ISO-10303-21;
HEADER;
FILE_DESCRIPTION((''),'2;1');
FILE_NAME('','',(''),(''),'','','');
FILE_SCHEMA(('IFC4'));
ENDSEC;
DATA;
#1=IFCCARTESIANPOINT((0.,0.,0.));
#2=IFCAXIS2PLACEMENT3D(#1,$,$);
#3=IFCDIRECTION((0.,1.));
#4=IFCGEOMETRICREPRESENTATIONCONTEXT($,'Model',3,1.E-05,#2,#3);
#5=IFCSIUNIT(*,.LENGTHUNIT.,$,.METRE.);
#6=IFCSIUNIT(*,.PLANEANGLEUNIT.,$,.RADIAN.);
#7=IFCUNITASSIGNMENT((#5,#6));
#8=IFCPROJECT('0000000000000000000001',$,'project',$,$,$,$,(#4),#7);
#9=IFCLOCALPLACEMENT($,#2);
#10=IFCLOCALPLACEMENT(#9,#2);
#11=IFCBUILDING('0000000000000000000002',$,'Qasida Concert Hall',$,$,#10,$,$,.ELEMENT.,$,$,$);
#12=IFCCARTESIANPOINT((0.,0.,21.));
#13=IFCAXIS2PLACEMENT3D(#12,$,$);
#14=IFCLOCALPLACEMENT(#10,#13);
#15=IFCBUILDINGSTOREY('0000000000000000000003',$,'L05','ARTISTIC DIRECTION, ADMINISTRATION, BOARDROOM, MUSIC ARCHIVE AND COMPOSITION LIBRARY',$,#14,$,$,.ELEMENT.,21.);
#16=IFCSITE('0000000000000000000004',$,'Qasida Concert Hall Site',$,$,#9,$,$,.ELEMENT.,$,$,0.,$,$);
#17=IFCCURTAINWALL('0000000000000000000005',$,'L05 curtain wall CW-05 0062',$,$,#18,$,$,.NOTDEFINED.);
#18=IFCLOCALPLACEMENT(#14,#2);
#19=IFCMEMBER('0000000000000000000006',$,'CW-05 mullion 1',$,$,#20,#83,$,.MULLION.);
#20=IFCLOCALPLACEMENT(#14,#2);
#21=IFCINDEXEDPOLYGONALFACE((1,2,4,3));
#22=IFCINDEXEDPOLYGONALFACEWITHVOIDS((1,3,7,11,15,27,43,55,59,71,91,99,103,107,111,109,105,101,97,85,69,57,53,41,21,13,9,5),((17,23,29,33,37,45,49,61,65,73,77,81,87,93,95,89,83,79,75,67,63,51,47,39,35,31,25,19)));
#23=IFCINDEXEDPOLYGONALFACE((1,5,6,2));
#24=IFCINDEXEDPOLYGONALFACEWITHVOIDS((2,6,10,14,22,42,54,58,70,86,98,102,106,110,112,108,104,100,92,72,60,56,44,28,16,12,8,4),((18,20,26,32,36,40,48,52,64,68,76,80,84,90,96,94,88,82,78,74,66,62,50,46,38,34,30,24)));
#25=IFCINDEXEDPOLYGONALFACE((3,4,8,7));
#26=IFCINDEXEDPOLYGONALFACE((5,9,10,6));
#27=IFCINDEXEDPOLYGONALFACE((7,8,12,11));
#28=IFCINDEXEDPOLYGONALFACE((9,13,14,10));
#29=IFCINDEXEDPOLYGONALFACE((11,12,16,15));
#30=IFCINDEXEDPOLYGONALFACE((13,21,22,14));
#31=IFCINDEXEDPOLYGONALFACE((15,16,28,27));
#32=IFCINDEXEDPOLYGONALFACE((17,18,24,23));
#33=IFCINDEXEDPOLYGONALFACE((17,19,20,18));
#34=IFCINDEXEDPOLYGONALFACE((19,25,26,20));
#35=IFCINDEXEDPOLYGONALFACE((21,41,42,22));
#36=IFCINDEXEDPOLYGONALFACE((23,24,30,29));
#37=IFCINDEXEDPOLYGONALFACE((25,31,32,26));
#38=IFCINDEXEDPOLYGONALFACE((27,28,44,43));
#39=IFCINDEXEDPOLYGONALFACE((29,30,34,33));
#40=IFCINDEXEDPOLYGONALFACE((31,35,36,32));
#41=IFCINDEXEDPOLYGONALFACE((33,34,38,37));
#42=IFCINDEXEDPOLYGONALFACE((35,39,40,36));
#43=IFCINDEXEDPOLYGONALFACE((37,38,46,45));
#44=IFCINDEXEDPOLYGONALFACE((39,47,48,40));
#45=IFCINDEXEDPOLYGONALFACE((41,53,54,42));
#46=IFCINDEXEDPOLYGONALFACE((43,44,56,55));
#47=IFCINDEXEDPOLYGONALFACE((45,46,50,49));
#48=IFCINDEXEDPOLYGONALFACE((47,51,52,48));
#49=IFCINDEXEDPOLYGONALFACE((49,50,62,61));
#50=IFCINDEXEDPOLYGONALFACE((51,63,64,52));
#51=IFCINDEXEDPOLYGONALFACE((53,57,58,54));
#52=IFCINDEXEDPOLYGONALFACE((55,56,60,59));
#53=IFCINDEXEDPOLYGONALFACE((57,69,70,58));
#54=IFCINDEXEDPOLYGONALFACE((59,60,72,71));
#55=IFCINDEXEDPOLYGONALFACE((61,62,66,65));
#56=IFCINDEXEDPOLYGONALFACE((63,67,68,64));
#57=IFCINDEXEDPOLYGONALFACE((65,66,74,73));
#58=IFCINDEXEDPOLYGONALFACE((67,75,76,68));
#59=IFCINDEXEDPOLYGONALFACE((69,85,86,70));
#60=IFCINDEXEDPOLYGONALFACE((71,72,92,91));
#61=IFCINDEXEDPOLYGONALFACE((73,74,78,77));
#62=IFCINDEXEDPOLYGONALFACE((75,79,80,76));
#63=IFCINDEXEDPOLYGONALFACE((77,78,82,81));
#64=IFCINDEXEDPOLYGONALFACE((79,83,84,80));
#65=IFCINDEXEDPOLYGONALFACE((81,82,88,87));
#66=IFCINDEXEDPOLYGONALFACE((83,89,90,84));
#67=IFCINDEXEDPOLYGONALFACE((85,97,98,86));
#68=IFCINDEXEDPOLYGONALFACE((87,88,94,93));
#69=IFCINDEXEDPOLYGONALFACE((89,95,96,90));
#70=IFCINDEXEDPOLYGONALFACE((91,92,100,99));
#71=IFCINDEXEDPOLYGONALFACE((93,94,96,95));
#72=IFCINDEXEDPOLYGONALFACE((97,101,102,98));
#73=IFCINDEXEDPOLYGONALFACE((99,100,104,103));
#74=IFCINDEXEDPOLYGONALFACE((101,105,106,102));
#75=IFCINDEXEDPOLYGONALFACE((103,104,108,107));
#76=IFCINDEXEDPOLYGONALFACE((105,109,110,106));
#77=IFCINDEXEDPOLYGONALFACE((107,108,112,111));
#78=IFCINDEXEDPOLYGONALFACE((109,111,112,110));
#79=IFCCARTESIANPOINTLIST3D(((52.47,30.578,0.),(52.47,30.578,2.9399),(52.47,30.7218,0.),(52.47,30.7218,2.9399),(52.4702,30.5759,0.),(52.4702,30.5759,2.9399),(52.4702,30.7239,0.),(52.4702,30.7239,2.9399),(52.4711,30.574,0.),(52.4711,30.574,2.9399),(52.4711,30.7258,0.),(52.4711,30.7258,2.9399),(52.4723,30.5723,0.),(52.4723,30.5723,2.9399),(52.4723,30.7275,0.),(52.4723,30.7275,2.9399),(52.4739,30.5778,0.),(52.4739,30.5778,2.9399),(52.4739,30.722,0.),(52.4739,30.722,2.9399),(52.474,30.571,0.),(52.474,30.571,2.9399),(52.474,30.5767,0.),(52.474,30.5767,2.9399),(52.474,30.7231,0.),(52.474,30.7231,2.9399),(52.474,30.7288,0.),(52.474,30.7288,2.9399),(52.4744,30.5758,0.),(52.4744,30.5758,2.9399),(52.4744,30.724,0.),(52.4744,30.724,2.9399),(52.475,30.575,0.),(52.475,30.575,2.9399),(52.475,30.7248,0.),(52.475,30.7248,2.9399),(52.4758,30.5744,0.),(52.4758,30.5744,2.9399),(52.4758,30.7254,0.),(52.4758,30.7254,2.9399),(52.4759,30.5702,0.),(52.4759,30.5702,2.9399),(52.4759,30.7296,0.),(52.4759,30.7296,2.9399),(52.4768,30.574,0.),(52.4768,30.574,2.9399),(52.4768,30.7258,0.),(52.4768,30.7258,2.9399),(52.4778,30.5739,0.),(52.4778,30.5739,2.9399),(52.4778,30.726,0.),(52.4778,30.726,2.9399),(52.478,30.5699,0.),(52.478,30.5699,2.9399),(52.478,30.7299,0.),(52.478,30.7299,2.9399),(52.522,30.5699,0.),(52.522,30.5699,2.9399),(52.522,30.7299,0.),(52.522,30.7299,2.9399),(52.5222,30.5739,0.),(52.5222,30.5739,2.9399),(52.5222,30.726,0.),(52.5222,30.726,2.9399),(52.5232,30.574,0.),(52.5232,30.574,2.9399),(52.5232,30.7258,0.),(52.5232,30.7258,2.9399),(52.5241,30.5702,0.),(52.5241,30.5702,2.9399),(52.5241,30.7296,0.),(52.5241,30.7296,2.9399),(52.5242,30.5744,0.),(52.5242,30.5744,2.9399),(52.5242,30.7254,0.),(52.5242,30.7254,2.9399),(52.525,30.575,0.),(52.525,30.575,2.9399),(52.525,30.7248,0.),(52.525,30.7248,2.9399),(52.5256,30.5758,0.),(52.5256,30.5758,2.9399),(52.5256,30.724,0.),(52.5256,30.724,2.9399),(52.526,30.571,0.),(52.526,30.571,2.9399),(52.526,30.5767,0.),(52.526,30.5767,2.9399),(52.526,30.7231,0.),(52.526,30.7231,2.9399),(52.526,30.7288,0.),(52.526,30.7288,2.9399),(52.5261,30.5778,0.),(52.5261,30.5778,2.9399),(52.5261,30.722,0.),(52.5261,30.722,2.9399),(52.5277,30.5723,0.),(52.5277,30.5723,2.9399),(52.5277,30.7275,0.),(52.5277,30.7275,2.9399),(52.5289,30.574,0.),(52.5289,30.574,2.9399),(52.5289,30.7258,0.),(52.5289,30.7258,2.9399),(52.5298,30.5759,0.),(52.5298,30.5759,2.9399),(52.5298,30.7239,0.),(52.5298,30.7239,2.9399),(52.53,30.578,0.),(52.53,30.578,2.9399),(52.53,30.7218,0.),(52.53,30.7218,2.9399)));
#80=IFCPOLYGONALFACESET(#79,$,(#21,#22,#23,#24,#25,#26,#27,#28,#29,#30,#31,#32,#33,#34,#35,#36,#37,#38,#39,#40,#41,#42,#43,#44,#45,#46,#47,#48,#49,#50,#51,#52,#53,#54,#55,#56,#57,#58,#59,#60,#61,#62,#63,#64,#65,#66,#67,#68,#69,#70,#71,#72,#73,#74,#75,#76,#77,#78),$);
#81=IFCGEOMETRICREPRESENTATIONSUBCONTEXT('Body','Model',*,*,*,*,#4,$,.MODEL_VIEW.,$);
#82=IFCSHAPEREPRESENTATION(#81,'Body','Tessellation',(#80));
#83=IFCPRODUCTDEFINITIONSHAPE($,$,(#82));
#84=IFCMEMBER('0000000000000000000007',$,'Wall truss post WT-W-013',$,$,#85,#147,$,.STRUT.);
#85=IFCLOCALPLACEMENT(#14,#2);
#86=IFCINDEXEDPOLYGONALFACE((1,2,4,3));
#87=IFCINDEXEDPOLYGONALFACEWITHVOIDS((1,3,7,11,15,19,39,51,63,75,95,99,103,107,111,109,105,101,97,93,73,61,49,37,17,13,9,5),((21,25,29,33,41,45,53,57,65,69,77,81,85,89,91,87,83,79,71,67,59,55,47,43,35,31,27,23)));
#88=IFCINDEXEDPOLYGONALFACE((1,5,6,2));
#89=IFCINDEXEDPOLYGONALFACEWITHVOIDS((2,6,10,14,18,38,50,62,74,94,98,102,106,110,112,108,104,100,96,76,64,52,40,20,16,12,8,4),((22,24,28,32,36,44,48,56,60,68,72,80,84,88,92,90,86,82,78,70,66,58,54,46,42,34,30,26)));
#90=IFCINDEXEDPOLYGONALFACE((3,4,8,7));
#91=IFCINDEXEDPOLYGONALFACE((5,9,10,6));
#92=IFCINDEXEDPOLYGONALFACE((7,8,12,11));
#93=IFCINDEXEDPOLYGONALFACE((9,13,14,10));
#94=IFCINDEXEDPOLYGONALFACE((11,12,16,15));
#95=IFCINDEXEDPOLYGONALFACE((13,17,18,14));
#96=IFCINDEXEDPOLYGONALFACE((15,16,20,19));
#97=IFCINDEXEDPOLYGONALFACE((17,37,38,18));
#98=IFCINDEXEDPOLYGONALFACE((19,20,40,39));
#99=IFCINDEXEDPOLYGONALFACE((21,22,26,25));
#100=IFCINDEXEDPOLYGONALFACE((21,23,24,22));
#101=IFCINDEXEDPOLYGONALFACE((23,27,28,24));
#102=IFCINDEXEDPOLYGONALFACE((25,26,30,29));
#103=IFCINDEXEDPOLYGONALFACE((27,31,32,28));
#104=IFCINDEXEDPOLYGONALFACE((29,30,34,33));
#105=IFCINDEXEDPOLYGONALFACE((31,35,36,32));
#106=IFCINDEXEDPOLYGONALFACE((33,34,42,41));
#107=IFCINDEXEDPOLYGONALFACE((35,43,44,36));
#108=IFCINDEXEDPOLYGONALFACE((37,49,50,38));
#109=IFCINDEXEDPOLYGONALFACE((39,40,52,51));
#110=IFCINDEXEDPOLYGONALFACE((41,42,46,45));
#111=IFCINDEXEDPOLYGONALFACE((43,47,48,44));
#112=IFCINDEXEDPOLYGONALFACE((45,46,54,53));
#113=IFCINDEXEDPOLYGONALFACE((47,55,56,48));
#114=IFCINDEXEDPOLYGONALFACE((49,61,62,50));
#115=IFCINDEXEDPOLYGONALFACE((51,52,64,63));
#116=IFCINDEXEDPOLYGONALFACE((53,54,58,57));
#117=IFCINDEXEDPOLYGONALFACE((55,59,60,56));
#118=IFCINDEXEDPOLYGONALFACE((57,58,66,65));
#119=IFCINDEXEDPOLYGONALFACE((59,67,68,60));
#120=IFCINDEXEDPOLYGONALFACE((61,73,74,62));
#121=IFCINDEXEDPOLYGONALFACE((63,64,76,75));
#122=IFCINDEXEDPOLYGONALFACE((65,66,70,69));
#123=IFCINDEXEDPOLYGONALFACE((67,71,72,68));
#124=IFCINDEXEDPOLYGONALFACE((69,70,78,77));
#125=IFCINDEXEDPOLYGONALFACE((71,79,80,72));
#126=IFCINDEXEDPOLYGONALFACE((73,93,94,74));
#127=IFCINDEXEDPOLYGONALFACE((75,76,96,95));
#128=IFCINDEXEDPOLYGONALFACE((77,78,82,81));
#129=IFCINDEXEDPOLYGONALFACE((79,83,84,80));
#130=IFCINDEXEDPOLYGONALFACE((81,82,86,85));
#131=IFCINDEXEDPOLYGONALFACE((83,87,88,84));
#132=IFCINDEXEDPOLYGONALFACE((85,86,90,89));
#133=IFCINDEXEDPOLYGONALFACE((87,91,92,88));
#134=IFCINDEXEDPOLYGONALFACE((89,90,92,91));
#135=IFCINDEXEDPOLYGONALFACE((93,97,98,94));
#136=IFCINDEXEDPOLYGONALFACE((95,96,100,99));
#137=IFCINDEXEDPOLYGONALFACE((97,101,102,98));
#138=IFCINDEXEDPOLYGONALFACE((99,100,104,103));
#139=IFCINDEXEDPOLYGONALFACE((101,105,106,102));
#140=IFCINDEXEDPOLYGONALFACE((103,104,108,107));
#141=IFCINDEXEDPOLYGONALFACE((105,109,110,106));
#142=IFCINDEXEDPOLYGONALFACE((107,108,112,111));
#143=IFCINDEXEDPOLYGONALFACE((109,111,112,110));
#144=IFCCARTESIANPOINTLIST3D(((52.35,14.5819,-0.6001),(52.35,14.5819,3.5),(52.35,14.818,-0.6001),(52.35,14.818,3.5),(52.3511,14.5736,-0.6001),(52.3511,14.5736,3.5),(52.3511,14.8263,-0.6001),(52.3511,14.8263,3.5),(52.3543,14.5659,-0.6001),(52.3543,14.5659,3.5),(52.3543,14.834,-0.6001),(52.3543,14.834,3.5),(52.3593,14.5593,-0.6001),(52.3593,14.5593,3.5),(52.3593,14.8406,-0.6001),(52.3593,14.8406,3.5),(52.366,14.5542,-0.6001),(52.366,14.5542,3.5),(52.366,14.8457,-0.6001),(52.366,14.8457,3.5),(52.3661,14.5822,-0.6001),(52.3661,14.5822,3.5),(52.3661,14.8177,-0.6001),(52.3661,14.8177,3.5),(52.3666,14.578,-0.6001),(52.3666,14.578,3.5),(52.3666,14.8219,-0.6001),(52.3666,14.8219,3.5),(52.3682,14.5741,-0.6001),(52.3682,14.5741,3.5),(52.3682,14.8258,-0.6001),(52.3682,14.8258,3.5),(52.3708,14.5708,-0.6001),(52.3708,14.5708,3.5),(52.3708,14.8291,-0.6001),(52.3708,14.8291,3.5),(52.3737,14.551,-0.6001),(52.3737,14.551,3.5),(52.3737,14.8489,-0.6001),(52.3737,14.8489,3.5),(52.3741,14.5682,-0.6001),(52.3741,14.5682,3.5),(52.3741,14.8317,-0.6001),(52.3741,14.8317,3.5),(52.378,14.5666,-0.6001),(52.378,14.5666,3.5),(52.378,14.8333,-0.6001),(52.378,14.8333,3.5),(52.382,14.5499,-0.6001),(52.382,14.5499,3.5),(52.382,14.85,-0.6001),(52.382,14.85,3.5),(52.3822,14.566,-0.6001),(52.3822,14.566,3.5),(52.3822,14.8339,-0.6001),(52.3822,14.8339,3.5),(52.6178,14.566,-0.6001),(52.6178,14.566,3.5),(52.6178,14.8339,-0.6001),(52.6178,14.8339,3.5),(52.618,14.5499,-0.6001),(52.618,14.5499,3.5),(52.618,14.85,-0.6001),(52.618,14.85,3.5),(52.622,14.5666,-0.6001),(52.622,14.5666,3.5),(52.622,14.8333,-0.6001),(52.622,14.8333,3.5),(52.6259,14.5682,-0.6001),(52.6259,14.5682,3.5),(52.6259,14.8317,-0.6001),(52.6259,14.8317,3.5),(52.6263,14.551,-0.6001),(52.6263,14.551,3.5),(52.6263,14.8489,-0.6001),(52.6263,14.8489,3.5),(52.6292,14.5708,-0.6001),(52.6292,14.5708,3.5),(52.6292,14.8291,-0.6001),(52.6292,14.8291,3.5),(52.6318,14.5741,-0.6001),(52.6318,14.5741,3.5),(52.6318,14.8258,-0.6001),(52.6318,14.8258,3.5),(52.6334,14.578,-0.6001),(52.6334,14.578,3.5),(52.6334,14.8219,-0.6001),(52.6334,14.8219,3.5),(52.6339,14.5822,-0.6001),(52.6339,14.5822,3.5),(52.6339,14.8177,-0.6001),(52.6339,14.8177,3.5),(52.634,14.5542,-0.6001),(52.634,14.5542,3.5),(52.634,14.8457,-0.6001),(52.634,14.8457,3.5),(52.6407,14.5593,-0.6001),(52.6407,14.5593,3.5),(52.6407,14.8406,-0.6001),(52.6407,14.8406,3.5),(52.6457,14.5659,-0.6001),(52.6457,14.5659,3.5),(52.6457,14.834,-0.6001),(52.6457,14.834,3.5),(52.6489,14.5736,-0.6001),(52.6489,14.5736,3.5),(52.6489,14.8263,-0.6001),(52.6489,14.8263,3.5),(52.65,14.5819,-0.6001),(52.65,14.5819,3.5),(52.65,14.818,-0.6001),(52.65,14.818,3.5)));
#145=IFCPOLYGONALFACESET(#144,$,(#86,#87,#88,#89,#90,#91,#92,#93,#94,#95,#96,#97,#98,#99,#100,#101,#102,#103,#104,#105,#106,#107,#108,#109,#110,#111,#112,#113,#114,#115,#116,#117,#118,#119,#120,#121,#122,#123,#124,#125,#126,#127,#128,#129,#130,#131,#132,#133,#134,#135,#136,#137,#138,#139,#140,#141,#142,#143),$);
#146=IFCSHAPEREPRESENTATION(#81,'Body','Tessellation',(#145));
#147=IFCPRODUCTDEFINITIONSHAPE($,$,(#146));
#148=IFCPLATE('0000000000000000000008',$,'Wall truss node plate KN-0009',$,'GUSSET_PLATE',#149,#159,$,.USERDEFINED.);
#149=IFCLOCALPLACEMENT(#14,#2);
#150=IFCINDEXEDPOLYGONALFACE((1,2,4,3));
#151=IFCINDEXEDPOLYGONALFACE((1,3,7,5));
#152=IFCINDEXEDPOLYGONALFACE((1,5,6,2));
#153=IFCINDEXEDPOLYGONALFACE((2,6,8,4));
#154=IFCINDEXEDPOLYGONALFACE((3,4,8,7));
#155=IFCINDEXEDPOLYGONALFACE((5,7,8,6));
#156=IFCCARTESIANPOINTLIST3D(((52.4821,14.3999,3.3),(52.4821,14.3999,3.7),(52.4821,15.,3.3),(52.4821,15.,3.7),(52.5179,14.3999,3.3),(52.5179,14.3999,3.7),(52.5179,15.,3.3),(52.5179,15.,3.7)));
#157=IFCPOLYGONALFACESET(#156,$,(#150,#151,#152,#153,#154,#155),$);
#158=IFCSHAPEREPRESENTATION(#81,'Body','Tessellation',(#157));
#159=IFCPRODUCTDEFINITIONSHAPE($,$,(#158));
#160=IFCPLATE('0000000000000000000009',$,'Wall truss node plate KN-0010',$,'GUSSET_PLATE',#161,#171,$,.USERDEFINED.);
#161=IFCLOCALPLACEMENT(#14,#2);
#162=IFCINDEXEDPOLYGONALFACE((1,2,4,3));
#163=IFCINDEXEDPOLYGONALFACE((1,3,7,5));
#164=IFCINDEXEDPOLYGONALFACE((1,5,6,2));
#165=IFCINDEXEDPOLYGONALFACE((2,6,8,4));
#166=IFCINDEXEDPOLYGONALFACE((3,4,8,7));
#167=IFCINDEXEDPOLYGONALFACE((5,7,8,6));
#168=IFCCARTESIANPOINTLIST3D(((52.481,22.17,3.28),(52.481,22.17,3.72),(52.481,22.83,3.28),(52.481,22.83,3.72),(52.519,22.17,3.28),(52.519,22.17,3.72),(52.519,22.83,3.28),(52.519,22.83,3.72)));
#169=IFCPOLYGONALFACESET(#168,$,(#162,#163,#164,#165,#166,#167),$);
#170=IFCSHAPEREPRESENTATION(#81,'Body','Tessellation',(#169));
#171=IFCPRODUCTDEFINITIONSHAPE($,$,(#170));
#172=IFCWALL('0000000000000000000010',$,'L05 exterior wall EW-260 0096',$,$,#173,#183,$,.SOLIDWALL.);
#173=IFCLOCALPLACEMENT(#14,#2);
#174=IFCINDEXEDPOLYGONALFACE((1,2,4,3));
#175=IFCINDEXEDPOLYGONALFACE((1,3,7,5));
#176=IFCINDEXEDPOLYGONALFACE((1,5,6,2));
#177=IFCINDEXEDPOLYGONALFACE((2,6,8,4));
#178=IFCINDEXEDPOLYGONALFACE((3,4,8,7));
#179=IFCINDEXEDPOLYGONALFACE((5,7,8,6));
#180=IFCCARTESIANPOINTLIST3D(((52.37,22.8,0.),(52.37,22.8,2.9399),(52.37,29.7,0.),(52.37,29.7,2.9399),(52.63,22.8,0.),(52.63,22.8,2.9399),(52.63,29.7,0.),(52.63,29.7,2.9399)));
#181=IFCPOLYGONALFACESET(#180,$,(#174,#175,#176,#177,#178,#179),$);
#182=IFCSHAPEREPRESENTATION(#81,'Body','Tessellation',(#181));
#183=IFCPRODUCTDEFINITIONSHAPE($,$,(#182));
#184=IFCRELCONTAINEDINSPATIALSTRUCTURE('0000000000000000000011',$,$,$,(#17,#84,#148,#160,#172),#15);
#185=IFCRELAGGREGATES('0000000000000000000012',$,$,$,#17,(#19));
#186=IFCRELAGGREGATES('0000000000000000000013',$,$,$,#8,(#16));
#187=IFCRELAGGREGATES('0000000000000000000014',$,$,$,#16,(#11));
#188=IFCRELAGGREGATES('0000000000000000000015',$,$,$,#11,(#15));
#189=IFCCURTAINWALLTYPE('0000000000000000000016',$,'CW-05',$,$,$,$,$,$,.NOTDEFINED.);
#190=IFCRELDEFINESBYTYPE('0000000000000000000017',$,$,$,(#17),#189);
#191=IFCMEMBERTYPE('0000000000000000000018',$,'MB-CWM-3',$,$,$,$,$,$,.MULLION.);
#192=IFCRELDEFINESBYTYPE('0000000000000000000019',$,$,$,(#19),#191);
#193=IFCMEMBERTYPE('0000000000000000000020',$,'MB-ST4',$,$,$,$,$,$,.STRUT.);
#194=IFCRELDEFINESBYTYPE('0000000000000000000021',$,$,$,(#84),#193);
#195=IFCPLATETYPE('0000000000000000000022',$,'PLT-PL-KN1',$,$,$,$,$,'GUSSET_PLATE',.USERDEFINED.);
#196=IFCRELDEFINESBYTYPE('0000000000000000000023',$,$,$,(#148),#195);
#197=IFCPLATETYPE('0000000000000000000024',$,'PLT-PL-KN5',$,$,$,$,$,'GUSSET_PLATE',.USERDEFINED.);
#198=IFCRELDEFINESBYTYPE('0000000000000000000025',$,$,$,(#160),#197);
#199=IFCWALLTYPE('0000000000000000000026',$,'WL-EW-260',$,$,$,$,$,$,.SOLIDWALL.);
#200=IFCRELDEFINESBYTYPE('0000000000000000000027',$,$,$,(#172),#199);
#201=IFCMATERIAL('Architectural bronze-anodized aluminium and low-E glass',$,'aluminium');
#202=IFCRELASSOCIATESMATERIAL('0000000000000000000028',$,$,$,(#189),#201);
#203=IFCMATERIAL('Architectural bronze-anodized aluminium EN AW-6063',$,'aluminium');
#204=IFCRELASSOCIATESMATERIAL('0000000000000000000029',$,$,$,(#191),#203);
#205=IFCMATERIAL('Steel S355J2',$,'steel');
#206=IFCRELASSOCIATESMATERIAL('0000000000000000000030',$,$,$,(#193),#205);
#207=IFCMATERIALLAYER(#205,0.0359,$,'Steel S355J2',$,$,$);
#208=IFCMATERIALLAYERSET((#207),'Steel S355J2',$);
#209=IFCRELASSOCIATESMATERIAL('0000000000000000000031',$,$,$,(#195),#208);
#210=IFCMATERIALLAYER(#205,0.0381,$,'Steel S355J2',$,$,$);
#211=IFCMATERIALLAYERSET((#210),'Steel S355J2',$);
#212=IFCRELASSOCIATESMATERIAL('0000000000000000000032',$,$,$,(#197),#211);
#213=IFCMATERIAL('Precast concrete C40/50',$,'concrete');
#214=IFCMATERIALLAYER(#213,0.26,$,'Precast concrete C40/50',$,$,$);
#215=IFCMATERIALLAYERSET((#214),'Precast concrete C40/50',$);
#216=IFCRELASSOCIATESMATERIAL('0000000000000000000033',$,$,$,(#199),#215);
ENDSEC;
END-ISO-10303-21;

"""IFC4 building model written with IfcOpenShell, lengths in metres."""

from ifc_helpers import new_model, si_unit, direction, frame, frame_2d, origin, origin_2d, place, context, subcontext, project, spatial, rectangle, hollow_rectangle, extrude, material, layer, layer_set, material_profile, profile_set, type_object, element, aggregate, save


model = new_model("IFC4")

# Units and contexts
model_context = context("Model", 3, precision=1e-05, world=origin(), true_north=direction((0.0, 1.0)))
body_context = subcontext(model_context, "Body", "Model", "MODEL_VIEW")
ifc_project = project(units=[si_unit("LENGTHUNIT", "METRE"), si_unit("PLANEANGLEUNIT", "RADIAN")], contexts=[model_context])

# Site, building, storey
site_placement = place(None, origin())
site = spatial("IfcSite", under=ifc_project, at=site_placement, Name="Qasida Concert Hall Site", CompositionType="ELEMENT", RefElevation=0.0)
building_placement = place(site_placement, origin())
building = spatial("IfcBuilding", under=site, at=building_placement, Name="Qasida Concert Hall", CompositionType="ELEMENT")
storey_placement = place(building_placement, frame((0.0, 0.0, 21.0)))
storey = spatial("IfcBuildingStorey", under=building, at=storey_placement, Name="L05", Description="ARTISTIC DIRECTION, ADMINISTRATION, BOARDROOM, MUSIC ARCHIVE AND COMPOSITION LIBRARY", CompositionType="ELEMENT", Elevation=21.0)

# Shared definitions
ifc_material_1 = material(Name="Steel S355J2", Category="steel")

# Curtain wall, member
ifc_material_2 = material(Name="Architectural bronze-anodized aluminium and low-E glass", Category="aluminium")
curtain_wall_type = type_object("IfcCurtainWallType", Name="CW-05", PredefinedType="NOTDEFINED", material=ifc_material_2)
curtain_wall_placement = place(storey_placement, origin())
curtain_wall = element("IfcCurtainWall", 1, at=curtain_wall_placement, inside=storey, type_object=curtain_wall_type, Name="L05 curtain wall CW-05 0062", PredefinedType="NOTDEFINED")
ifc_material_3 = material(Name="Architectural bronze-anodized aluminium EN AW-6063", Category="aluminium")
ifc_material_profile_1 = material_profile(ifc_material_3, hollow_rectangle(XDim=0.0601, YDim=0.1599, WallThickness=0.0039, InnerFilletRadius=0.0039, OuterFilletRadius=0.0081, at=origin_2d()), Name="CWM 160x60x4")
ifc_profile_set_1 = profile_set([ifc_material_profile_1], Name="Architectural bronze-anodized aluminium EN AW-6063")
member_type_1 = type_object("IfcMemberType", Name="MB-CWM-3", PredefinedType="MULLION", material=ifc_profile_set_1)
member_1_placement = place(storey_placement, frame((52.5, 30.6499, 0.0), z_axis=(0.0, 0.0, 1.0), x_axis=(-1.0, 0.0, 0.0)))
member_1 = element("IfcMember", 2, at=member_1_placement, type_object=member_type_1, Name="CW-05 mullion 1", PredefinedType="MULLION", context=body_context, shape_type="SweptSolid", body=[
    extrude(hollow_rectangle(XDim=0.0601, YDim=0.1599, WallThickness=0.0039, InnerFilletRadius=0.0039, OuterFilletRadius=0.0081, at=origin_2d()), origin(), (0.0, 0.0, 1.0), 2.9399),
])
aggregate(curtain_wall, [member_1])

# Member
ifc_material_profile_2 = material_profile(ifc_material_1, hollow_rectangle(XDim=0.3, YDim=0.3, WallThickness=0.0161, InnerFilletRadius=0.0161, OuterFilletRadius=0.032, at=origin_2d()), Name="SHS 300x300x16")
ifc_profile_set_2 = profile_set([ifc_material_profile_2], Name="Steel S355J2")
member_type_2 = type_object("IfcMemberType", Name="MB-ST4", PredefinedType="STRUT", material=ifc_profile_set_2)
member_2_placement = place(storey_placement, frame((52.5, 14.7, -0.6001), z_axis=(0.0, 0.0, 1.0), x_axis=(1.0, 0.0, 0.0)))
element("IfcMember", 3, at=member_2_placement, inside=storey, type_object=member_type_2, Name="Wall truss post WT-W-013", PredefinedType="STRUT", context=body_context, shape_type="SweptSolid", body=[
    extrude(hollow_rectangle(XDim=0.3, YDim=0.3, WallThickness=0.0161, InnerFilletRadius=0.0161, OuterFilletRadius=0.032, at=origin_2d()), origin(), (0.0, 0.0, 1.0), 4.1001),
])

# Plates
ifc_layer_1 = layer(ifc_material_1, 0.0359, Name="Steel S355J2")
ifc_layer_set_1 = layer_set([ifc_layer_1], Name="Steel S355J2")
plate_type_1 = type_object("IfcPlateType", Name="PLT-PL-KN1", ElementType="GUSSET_PLATE", PredefinedType="USERDEFINED", material=ifc_layer_set_1)
plate_1_placement = place(storey_placement, frame((52.5, 14.7, 3.3), z_axis=(0.0, 0.0, 1.0), x_axis=(1.0, 0.0, 0.0)))
element("IfcPlate", 4, at=plate_1_placement, inside=storey, type_object=plate_type_1, Name="Wall truss node plate KN-0009", ObjectType="GUSSET_PLATE", PredefinedType="USERDEFINED", context=body_context, shape_type="SweptSolid", body=[
    extrude(rectangle(XDim=0.0359, YDim=0.6001, at=origin_2d()), origin(), (0.0, 0.0, 1.0), 0.3999),
])
ifc_layer_2 = layer(ifc_material_1, 0.0381, Name="Steel S355J2")
ifc_layer_set_2 = layer_set([ifc_layer_2], Name="Steel S355J2")
plate_type_2 = type_object("IfcPlateType", Name="PLT-PL-KN5", ElementType="GUSSET_PLATE", PredefinedType="USERDEFINED", material=ifc_layer_set_2)
plate_2_placement = place(storey_placement, frame((52.5, 22.5, 3.28), z_axis=(0.0, 0.0, 1.0), x_axis=(1.0, 0.0, 0.0)))
element("IfcPlate", 5, at=plate_2_placement, inside=storey, type_object=plate_type_2, Name="Wall truss node plate KN-0010", ObjectType="GUSSET_PLATE", PredefinedType="USERDEFINED", context=body_context, shape_type="SweptSolid", body=[
    extrude(rectangle(XDim=0.0381, YDim=0.6599, at=origin_2d()), origin(), (0.0, 0.0, 1.0), 0.4399),
])

# Wall
ifc_material_4 = material(Name="Precast concrete C40/50", Category="concrete")
ifc_layer_3 = layer(ifc_material_4, 0.26, Name="Precast concrete C40/50")
ifc_layer_set_3 = layer_set([ifc_layer_3], Name="Precast concrete C40/50")
wall_type_1 = type_object("IfcWallType", Name="WL-EW-260", PredefinedType="SOLIDWALL", material=ifc_layer_set_3)
wall_1_placement = place(storey_placement, frame((52.5, 22.8, 0.0), z_axis=(0.0, 0.0, 1.0), x_axis=(0.0, 1.0, 0.0)))
element("IfcWall", 6, at=wall_1_placement, inside=storey, type_object=wall_type_1, Name="L05 exterior wall EW-260 0096", PredefinedType="SOLIDWALL", context=body_context, shape_type="SweptSolid", body=[
    extrude(rectangle(XDim=6.8999, YDim=0.26, at=frame_2d((3.45, 0.0))), origin(), (0.0, 0.0, 1.0), 2.9399),
])

save(model, "model.ifc")
